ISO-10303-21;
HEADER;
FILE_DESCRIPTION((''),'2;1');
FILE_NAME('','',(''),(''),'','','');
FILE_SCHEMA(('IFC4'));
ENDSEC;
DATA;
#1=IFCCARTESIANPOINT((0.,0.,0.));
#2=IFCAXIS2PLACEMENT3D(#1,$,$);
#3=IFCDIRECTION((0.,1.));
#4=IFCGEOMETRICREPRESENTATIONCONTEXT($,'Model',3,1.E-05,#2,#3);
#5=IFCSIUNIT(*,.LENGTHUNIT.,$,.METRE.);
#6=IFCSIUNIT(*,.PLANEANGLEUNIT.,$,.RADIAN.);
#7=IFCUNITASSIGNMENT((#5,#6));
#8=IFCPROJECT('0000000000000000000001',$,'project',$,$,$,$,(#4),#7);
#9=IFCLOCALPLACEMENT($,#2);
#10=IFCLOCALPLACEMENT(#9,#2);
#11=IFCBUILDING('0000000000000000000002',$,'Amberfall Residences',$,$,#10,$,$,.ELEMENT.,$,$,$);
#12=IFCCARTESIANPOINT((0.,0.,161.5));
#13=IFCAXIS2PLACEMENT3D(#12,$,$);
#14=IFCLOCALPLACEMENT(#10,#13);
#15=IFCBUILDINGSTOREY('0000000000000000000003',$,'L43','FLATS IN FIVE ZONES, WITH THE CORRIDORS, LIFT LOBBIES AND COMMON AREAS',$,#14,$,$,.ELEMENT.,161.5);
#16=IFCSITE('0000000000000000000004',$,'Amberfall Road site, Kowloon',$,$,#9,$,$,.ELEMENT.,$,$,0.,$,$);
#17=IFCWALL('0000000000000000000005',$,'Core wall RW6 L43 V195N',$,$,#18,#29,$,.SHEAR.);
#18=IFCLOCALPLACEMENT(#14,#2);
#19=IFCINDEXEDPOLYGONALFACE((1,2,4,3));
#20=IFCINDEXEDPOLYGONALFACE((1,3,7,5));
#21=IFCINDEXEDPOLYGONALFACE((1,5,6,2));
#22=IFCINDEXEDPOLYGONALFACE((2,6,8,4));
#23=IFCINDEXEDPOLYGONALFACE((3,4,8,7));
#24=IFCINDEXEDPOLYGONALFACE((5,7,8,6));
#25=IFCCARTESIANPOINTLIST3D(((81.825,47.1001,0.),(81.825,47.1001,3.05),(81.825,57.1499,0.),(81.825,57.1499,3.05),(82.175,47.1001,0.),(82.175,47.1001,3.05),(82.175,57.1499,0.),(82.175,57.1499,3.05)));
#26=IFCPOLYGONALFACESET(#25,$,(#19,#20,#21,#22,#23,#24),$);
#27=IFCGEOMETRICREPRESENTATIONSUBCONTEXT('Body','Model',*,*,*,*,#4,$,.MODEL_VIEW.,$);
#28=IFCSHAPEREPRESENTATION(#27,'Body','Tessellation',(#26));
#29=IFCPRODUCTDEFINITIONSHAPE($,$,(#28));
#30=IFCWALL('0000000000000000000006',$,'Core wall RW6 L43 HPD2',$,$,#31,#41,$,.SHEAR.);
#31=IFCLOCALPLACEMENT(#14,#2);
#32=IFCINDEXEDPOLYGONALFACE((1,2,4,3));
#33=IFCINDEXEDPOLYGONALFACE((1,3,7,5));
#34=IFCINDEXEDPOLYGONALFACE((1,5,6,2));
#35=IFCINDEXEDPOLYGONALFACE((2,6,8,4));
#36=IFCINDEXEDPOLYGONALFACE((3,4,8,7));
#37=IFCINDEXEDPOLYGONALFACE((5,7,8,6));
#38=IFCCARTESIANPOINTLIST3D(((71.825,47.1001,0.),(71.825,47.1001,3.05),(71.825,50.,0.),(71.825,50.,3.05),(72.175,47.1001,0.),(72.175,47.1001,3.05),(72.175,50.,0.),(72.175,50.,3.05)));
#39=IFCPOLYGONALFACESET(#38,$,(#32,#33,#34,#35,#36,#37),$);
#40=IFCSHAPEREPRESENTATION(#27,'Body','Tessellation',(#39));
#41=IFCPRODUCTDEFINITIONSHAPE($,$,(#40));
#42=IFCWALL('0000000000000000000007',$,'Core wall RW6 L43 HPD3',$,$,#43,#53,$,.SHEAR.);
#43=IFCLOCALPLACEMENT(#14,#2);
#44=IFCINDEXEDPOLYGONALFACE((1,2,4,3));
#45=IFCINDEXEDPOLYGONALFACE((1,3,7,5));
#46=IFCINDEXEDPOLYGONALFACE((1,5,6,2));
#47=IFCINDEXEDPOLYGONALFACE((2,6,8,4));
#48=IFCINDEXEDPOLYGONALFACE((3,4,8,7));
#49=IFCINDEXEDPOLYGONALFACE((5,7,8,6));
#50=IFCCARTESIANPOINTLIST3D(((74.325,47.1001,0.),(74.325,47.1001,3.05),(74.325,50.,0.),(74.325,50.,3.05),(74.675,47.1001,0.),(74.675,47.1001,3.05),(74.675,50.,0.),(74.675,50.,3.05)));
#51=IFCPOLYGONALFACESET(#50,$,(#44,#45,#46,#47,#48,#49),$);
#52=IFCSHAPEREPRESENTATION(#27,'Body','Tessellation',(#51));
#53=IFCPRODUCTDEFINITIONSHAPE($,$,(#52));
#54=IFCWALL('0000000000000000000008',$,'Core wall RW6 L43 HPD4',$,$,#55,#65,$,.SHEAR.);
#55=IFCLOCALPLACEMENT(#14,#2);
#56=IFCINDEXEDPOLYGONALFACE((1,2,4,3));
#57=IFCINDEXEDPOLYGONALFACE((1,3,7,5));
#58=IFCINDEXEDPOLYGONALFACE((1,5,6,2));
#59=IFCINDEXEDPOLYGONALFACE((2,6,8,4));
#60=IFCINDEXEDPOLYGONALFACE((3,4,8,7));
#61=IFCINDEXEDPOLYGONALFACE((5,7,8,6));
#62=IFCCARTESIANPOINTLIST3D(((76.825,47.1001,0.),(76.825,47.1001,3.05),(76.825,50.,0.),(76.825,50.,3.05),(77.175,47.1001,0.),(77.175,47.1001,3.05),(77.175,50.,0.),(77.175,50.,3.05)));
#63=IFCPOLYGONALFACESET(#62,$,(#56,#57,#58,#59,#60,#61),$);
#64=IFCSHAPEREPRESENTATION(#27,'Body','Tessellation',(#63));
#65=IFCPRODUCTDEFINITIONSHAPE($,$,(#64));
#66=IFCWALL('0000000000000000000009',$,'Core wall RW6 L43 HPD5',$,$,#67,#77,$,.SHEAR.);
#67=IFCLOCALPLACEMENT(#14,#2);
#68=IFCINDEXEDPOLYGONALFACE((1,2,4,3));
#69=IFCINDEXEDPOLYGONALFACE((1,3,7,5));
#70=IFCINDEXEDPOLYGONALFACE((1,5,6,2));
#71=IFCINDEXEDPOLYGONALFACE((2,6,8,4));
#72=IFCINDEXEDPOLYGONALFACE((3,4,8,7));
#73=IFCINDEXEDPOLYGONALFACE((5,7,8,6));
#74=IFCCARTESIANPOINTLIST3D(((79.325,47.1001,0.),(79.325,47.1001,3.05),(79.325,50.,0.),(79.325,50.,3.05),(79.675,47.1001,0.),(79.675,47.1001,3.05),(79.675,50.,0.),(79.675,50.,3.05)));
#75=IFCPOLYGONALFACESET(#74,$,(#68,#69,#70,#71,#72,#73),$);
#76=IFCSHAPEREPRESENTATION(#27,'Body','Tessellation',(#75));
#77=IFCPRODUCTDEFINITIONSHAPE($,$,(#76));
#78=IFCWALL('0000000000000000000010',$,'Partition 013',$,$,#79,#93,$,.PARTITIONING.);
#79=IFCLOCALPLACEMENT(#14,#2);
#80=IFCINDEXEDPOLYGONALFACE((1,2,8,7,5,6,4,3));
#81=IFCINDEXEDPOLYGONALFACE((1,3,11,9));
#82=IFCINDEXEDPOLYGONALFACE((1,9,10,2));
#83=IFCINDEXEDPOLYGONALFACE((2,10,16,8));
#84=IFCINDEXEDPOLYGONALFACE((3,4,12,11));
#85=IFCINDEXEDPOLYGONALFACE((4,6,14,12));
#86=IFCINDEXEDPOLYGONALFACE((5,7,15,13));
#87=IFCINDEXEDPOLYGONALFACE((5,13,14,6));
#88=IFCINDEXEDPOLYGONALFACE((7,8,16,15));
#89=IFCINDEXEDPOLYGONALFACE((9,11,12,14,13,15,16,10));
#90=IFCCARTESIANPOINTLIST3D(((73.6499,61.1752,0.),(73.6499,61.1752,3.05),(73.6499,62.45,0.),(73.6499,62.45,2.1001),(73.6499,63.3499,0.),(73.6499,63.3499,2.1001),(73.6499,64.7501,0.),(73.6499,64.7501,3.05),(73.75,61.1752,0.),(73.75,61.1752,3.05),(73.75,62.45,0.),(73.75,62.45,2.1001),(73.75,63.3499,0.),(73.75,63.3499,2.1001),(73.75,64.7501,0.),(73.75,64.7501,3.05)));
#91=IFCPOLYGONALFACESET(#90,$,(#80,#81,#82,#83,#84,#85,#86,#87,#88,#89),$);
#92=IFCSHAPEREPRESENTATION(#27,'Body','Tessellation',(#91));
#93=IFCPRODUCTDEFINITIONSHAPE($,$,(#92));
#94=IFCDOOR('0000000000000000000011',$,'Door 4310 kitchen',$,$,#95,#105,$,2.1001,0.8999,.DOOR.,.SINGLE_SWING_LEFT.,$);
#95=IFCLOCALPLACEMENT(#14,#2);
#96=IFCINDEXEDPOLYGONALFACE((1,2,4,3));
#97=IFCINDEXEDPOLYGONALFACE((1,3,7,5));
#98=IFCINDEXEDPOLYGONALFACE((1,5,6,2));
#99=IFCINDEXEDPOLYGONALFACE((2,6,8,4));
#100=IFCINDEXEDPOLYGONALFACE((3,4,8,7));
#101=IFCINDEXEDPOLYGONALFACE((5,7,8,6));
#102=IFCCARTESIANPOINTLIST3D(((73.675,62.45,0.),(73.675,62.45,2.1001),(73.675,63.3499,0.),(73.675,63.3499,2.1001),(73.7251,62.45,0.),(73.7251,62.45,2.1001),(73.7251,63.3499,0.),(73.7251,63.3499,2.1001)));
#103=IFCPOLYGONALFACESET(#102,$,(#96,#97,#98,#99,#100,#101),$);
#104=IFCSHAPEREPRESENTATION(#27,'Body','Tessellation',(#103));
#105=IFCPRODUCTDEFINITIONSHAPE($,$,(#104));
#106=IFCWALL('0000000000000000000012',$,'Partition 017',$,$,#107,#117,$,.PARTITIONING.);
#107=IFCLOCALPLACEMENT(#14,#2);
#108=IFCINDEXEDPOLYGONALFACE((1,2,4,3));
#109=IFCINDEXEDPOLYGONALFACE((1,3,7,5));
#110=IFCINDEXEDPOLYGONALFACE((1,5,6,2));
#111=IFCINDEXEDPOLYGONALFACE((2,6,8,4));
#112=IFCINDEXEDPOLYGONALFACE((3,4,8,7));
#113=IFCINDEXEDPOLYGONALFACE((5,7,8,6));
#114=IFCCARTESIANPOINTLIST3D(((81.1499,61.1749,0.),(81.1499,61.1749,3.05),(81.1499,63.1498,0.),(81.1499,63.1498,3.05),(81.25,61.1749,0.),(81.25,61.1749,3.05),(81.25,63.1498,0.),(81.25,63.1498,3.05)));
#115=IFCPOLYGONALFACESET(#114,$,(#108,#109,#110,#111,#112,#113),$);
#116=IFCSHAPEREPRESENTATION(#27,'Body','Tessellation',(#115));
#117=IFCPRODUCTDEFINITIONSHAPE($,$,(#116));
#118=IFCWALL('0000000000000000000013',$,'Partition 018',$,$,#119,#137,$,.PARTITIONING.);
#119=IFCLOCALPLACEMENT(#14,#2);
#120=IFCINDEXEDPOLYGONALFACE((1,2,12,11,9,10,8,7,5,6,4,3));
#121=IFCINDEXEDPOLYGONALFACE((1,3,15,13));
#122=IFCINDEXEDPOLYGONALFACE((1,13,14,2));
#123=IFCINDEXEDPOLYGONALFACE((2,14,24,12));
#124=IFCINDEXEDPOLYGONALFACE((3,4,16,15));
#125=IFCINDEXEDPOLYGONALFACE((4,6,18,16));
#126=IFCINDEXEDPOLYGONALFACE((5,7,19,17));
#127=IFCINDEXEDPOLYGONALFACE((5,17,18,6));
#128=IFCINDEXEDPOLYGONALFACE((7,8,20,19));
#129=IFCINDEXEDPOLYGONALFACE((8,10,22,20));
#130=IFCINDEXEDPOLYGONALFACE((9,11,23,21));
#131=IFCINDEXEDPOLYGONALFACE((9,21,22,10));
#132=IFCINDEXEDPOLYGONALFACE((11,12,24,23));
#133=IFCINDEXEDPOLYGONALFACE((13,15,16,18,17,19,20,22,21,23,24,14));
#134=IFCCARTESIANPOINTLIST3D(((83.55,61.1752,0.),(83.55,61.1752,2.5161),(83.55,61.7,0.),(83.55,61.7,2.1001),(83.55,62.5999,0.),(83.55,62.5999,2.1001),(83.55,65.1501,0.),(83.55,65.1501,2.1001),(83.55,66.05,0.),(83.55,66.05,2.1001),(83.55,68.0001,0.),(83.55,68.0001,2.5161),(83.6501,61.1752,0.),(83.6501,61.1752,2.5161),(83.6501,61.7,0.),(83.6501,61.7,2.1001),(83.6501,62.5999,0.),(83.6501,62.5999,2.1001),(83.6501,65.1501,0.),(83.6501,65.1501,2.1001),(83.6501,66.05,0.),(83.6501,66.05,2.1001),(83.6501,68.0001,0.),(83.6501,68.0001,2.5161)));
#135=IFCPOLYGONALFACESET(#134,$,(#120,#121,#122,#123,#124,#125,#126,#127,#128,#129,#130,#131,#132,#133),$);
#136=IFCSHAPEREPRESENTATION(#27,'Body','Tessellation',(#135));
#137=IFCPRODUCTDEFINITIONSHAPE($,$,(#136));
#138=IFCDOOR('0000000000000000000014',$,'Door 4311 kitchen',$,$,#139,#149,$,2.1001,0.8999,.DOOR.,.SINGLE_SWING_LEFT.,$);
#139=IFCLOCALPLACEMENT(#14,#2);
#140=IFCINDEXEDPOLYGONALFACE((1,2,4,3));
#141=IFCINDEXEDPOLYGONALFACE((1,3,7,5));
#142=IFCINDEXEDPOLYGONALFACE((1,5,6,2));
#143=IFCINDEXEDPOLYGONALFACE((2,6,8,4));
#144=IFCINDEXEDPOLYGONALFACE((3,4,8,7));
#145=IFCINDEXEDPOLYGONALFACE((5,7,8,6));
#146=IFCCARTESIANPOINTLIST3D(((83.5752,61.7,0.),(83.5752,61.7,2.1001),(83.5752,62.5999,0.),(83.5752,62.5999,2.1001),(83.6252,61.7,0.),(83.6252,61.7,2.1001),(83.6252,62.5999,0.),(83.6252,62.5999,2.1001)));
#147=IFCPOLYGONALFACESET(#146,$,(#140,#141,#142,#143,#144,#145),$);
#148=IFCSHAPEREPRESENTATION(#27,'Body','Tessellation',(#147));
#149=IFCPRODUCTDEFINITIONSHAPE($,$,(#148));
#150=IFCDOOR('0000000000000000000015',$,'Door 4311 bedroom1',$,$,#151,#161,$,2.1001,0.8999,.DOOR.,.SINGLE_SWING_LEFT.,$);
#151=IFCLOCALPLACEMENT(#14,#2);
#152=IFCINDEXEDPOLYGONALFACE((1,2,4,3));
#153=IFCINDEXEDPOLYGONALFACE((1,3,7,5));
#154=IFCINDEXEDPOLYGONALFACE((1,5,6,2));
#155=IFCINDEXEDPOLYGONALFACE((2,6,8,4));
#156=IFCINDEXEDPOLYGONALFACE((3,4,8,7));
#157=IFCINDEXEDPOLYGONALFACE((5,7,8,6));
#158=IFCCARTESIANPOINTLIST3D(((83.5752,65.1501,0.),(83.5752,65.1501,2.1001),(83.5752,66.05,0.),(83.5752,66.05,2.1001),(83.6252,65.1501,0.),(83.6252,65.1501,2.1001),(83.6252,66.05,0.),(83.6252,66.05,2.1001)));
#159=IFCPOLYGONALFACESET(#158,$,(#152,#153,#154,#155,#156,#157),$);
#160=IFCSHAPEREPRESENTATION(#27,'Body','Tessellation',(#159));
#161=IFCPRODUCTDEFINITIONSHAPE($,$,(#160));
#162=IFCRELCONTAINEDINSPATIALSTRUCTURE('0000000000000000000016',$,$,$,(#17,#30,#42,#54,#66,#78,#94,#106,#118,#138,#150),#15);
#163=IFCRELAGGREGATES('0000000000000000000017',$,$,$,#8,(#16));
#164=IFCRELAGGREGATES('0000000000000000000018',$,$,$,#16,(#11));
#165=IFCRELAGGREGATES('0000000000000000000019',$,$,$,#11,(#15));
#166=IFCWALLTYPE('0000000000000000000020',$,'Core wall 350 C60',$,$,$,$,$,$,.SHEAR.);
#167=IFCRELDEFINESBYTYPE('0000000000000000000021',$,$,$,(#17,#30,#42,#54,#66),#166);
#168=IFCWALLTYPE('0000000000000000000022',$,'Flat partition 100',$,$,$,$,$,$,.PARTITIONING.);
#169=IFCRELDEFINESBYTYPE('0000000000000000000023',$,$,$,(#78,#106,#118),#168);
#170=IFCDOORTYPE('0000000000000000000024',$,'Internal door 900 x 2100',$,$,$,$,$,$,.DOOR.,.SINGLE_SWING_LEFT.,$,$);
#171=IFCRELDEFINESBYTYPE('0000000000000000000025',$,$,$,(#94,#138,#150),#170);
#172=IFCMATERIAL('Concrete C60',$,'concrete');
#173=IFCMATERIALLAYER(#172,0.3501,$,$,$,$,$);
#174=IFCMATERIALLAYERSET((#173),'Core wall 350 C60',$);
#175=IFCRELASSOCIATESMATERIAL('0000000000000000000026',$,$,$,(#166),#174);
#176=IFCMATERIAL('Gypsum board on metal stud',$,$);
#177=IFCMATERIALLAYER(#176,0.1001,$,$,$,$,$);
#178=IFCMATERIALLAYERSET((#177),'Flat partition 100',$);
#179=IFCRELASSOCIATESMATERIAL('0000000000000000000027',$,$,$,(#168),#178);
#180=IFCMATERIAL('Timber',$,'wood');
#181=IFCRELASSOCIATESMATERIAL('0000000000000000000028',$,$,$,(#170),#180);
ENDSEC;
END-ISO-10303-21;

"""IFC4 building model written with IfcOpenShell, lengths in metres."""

from ifc_helpers import new_model, si_unit, direction, frame, frame_2d, origin, place, context, subcontext, project, spatial, rectangle, extrude, material, layer, layer_set, type_object, element, fill, save


model = new_model("IFC4")

# Units and contexts
model_context = context("Model", 3, precision=1e-05, world=origin(), true_north=direction((0.0, 1.0)))
body_context = subcontext(model_context, "Body", "Model", "MODEL_VIEW")
ifc_project = project(units=[si_unit("LENGTHUNIT", "METRE"), si_unit("PLANEANGLEUNIT", "RADIAN")], contexts=[model_context])

# Site, building, storey
site_placement = place(None, origin())
site = spatial("IfcSite", under=ifc_project, at=site_placement, Name="Amberfall Road site, Kowloon", CompositionType="ELEMENT", RefElevation=0.0)
building_placement = place(site_placement, origin())
building = spatial("IfcBuilding", under=site, at=building_placement, Name="Amberfall Residences", CompositionType="ELEMENT")
storey_placement = place(building_placement, frame((0.0, 0.0, 161.5)))
storey = spatial("IfcBuildingStorey", under=building, at=storey_placement, Name="L43", Description="FLATS IN FIVE ZONES, WITH THE CORRIDORS, LIFT LOBBIES AND COMMON AREAS", CompositionType="ELEMENT", Elevation=161.5)

# Walls
ifc_material_1 = material(Name="Concrete C60", Category="concrete")
ifc_layer_1 = layer(ifc_material_1, 0.3501)
ifc_layer_set_1 = layer_set([ifc_layer_1], Name="Core wall 350 C60")
wall_type_1 = type_object("IfcWallType", Name="Core wall 350 C60", PredefinedType="SHEAR", material=ifc_layer_set_1)
wall_1_placement = place(storey_placement, frame((82.0, 47.1001, 0.0), z_axis=(0.0, 0.0, 1.0), x_axis=(0.0, 1.0, 0.0)))
element("IfcWall", 1, at=wall_1_placement, inside=storey, type_object=wall_type_1, Name="Core wall RW6 L43 V195N", PredefinedType="SHEAR", context=body_context, shape_type="SweptSolid", body=[
    extrude(rectangle(XDim=10.0498, YDim=0.3501, at=frame_2d((5.0249, 0.0))), origin(), (0.0, 0.0, 1.0), 3.05),
])
for number, where, z_axis, x_axis, name in (
    (2, (72.0, 47.1001, 0.0), (0.0, 0.0, 1.0), (0.0, 1.0, 0.0), "Core wall RW6 L43 HPD2"),
    (3, (74.5, 47.1001, 0.0), (0.0, 0.0, 1.0), (0.0, 1.0, 0.0), "Core wall RW6 L43 HPD3"),
    (4, (77.0, 47.1001, 0.0), (0.0, 0.0, 1.0), (0.0, 1.0, 0.0), "Core wall RW6 L43 HPD4"),
    (5, (79.5, 47.1001, 0.0), (0.0, 0.0, 1.0), (0.0, 1.0, 0.0), "Core wall RW6 L43 HPD5"),
):
    element("IfcWall", number, at=place(storey_placement, frame(where, z_axis=z_axis, x_axis=x_axis)), inside=storey, type_object=wall_type_1, Name=name, PredefinedType="SHEAR", context=body_context, shape_type="SweptSolid", body=[
        extrude(rectangle(XDim=2.8999, YDim=0.3501, at=frame_2d((1.45, 0.0))), origin(), (0.0, 0.0, 1.0), 3.05),
    ])

# Wall, opening, door
ifc_material_2 = material(Name="Gypsum board on metal stud")
ifc_layer_2 = layer(ifc_material_2, 0.1001)
ifc_layer_set_2 = layer_set([ifc_layer_2], Name="Flat partition 100")
wall_type_2 = type_object("IfcWallType", Name="Flat partition 100", PredefinedType="PARTITIONING", material=ifc_layer_set_2)
wall_2_placement = place(storey_placement, frame((73.7, 61.175, 0.0), z_axis=(0.0, 0.0, 1.0), x_axis=(0.0, 1.0, 0.0)))
wall_2 = element("IfcWall", 6, at=wall_2_placement, inside=storey, type_object=wall_type_2, Name="Partition 013", PredefinedType="PARTITIONING", context=body_context, shape_type="SweptSolid", body=[
    extrude(rectangle(XDim=3.575, YDim=0.1001, at=frame_2d((1.7876, 0.0))), origin(), (0.0, 0.0, 1.0), 3.05),
])
opening_1_placement = place(wall_2_placement, frame((1.2749, 0.0, 0.0)))
opening_1 = element("IfcOpeningElement", 7, at=opening_1_placement, cuts=wall_2, PredefinedType="OPENING", context=body_context, shape_type="SweptSolid", body=[
    extrude(rectangle(XDim=0.8999, YDim=2.1001, at=frame_2d((0.45, 1.05))), frame((0.0, 0.0601, 0.0), z_axis=(0.0, -1.0, 0.0), x_axis=(1.0, 0.0, 0.0)), (0.0, 0.0, 1.0), 0.1201),
])
ifc_material_3 = material(Name="Timber", Category="wood")
door_type_1 = type_object("IfcDoorType", Name="Internal door 900 x 2100", OperationType="SINGLE_SWING_LEFT", PredefinedType="DOOR", material=ifc_material_3)
door_1_placement = place(opening_1_placement, origin())
door_1 = element("IfcDoor", 8, at=door_1_placement, inside=storey, type_object=door_type_1, Name="Door 4310 kitchen", OperationType="SINGLE_SWING_LEFT", OverallHeight=2.1001, OverallWidth=0.8999, PredefinedType="DOOR", context=body_context, shape_type="SweptSolid", body=[
    extrude(rectangle(XDim=0.8999, YDim=2.1001, at=frame_2d((0.45, 1.05))), frame((0.0, 0.0249, 0.0), z_axis=(0.0, -1.0, 0.0), x_axis=(1.0, 0.0, 0.0)), (0.0, 0.0, 1.0), 0.05),
])
fill(opening_1, door_1)

# Wall
wall_3_placement = place(storey_placement, frame((81.2, 61.175, 0.0), z_axis=(0.0, 0.0, 1.0), x_axis=(0.0, 1.0, 0.0)))
element("IfcWall", 9, at=wall_3_placement, inside=storey, type_object=wall_type_2, Name="Partition 017", PredefinedType="PARTITIONING", context=body_context, shape_type="SweptSolid", body=[
    extrude(rectangle(XDim=1.9749, YDim=0.1001, at=frame_2d((0.9873, 0.0))), origin(), (0.0, 0.0, 1.0), 3.05),
])

# Wall, openings, doors
wall_4_placement = place(storey_placement, frame((83.6001, 61.175, 0.0), z_axis=(0.0, 0.0, 1.0), x_axis=(0.0, 1.0, 0.0)))
wall_4 = element("IfcWall", 10, at=wall_4_placement, inside=storey, type_object=wall_type_2, Name="Partition 018", PredefinedType="PARTITIONING", context=body_context, shape_type="SweptSolid", body=[
    extrude(rectangle(XDim=6.825, YDim=0.1001, at=frame_2d((3.4126, 0.0))), origin(), (0.0, 0.0, 1.0), 2.5161),
])
opening_2_placement = place(wall_4_placement, frame((0.5249, 0.0, 0.0)))
opening_2 = element("IfcOpeningElement", 11, at=opening_2_placement, cuts=wall_4, PredefinedType="OPENING", context=body_context, shape_type="SweptSolid", body=[
    extrude(rectangle(XDim=0.8999, YDim=2.1001, at=frame_2d((0.45, 1.05))), frame((0.0, 0.0601, 0.0), z_axis=(0.0, -1.0, 0.0), x_axis=(1.0, 0.0, 0.0)), (0.0, 0.0, 1.0), 0.1201),
])
opening_3_placement = place(wall_4_placement, frame((3.9751, 0.0, 0.0)))
opening_3 = element("IfcOpeningElement", 12, at=opening_3_placement, cuts=wall_4, PredefinedType="OPENING", context=body_context, shape_type="SweptSolid", body=[
    extrude(rectangle(XDim=0.8999, YDim=2.1001, at=frame_2d((0.45, 1.05))), frame((0.0, 0.0601, 0.0), z_axis=(0.0, -1.0, 0.0), x_axis=(1.0, 0.0, 0.0)), (0.0, 0.0, 1.0), 0.1201),
])
door_2_placement = place(opening_2_placement, origin())
door_2 = element("IfcDoor", 13, at=door_2_placement, inside=storey, type_object=door_type_1, Name="Door 4311 kitchen", OperationType="SINGLE_SWING_LEFT", OverallHeight=2.1001, OverallWidth=0.8999, PredefinedType="DOOR", context=body_context, shape_type="SweptSolid", body=[
    extrude(rectangle(XDim=0.8999, YDim=2.1001, at=frame_2d((0.45, 1.05))), frame((0.0, 0.0249, 0.0), z_axis=(0.0, -1.0, 0.0), x_axis=(1.0, 0.0, 0.0)), (0.0, 0.0, 1.0), 0.05),
])
fill(opening_2, door_2)
door_3_placement = place(opening_3_placement, origin())
door_3 = element("IfcDoor", 14, at=door_3_placement, inside=storey, type_object=door_type_1, Name="Door 4311 bedroom1", OperationType="SINGLE_SWING_LEFT", OverallHeight=2.1001, OverallWidth=0.8999, PredefinedType="DOOR", context=body_context, shape_type="SweptSolid", body=[
    extrude(rectangle(XDim=0.8999, YDim=2.1001, at=frame_2d((0.45, 1.05))), frame((0.0, 0.0249, 0.0), z_axis=(0.0, -1.0, 0.0), x_axis=(1.0, 0.0, 0.0)), (0.0, 0.0, 1.0), 0.05),
])
fill(opening_3, door_3)

save(model, "model.ifc")
